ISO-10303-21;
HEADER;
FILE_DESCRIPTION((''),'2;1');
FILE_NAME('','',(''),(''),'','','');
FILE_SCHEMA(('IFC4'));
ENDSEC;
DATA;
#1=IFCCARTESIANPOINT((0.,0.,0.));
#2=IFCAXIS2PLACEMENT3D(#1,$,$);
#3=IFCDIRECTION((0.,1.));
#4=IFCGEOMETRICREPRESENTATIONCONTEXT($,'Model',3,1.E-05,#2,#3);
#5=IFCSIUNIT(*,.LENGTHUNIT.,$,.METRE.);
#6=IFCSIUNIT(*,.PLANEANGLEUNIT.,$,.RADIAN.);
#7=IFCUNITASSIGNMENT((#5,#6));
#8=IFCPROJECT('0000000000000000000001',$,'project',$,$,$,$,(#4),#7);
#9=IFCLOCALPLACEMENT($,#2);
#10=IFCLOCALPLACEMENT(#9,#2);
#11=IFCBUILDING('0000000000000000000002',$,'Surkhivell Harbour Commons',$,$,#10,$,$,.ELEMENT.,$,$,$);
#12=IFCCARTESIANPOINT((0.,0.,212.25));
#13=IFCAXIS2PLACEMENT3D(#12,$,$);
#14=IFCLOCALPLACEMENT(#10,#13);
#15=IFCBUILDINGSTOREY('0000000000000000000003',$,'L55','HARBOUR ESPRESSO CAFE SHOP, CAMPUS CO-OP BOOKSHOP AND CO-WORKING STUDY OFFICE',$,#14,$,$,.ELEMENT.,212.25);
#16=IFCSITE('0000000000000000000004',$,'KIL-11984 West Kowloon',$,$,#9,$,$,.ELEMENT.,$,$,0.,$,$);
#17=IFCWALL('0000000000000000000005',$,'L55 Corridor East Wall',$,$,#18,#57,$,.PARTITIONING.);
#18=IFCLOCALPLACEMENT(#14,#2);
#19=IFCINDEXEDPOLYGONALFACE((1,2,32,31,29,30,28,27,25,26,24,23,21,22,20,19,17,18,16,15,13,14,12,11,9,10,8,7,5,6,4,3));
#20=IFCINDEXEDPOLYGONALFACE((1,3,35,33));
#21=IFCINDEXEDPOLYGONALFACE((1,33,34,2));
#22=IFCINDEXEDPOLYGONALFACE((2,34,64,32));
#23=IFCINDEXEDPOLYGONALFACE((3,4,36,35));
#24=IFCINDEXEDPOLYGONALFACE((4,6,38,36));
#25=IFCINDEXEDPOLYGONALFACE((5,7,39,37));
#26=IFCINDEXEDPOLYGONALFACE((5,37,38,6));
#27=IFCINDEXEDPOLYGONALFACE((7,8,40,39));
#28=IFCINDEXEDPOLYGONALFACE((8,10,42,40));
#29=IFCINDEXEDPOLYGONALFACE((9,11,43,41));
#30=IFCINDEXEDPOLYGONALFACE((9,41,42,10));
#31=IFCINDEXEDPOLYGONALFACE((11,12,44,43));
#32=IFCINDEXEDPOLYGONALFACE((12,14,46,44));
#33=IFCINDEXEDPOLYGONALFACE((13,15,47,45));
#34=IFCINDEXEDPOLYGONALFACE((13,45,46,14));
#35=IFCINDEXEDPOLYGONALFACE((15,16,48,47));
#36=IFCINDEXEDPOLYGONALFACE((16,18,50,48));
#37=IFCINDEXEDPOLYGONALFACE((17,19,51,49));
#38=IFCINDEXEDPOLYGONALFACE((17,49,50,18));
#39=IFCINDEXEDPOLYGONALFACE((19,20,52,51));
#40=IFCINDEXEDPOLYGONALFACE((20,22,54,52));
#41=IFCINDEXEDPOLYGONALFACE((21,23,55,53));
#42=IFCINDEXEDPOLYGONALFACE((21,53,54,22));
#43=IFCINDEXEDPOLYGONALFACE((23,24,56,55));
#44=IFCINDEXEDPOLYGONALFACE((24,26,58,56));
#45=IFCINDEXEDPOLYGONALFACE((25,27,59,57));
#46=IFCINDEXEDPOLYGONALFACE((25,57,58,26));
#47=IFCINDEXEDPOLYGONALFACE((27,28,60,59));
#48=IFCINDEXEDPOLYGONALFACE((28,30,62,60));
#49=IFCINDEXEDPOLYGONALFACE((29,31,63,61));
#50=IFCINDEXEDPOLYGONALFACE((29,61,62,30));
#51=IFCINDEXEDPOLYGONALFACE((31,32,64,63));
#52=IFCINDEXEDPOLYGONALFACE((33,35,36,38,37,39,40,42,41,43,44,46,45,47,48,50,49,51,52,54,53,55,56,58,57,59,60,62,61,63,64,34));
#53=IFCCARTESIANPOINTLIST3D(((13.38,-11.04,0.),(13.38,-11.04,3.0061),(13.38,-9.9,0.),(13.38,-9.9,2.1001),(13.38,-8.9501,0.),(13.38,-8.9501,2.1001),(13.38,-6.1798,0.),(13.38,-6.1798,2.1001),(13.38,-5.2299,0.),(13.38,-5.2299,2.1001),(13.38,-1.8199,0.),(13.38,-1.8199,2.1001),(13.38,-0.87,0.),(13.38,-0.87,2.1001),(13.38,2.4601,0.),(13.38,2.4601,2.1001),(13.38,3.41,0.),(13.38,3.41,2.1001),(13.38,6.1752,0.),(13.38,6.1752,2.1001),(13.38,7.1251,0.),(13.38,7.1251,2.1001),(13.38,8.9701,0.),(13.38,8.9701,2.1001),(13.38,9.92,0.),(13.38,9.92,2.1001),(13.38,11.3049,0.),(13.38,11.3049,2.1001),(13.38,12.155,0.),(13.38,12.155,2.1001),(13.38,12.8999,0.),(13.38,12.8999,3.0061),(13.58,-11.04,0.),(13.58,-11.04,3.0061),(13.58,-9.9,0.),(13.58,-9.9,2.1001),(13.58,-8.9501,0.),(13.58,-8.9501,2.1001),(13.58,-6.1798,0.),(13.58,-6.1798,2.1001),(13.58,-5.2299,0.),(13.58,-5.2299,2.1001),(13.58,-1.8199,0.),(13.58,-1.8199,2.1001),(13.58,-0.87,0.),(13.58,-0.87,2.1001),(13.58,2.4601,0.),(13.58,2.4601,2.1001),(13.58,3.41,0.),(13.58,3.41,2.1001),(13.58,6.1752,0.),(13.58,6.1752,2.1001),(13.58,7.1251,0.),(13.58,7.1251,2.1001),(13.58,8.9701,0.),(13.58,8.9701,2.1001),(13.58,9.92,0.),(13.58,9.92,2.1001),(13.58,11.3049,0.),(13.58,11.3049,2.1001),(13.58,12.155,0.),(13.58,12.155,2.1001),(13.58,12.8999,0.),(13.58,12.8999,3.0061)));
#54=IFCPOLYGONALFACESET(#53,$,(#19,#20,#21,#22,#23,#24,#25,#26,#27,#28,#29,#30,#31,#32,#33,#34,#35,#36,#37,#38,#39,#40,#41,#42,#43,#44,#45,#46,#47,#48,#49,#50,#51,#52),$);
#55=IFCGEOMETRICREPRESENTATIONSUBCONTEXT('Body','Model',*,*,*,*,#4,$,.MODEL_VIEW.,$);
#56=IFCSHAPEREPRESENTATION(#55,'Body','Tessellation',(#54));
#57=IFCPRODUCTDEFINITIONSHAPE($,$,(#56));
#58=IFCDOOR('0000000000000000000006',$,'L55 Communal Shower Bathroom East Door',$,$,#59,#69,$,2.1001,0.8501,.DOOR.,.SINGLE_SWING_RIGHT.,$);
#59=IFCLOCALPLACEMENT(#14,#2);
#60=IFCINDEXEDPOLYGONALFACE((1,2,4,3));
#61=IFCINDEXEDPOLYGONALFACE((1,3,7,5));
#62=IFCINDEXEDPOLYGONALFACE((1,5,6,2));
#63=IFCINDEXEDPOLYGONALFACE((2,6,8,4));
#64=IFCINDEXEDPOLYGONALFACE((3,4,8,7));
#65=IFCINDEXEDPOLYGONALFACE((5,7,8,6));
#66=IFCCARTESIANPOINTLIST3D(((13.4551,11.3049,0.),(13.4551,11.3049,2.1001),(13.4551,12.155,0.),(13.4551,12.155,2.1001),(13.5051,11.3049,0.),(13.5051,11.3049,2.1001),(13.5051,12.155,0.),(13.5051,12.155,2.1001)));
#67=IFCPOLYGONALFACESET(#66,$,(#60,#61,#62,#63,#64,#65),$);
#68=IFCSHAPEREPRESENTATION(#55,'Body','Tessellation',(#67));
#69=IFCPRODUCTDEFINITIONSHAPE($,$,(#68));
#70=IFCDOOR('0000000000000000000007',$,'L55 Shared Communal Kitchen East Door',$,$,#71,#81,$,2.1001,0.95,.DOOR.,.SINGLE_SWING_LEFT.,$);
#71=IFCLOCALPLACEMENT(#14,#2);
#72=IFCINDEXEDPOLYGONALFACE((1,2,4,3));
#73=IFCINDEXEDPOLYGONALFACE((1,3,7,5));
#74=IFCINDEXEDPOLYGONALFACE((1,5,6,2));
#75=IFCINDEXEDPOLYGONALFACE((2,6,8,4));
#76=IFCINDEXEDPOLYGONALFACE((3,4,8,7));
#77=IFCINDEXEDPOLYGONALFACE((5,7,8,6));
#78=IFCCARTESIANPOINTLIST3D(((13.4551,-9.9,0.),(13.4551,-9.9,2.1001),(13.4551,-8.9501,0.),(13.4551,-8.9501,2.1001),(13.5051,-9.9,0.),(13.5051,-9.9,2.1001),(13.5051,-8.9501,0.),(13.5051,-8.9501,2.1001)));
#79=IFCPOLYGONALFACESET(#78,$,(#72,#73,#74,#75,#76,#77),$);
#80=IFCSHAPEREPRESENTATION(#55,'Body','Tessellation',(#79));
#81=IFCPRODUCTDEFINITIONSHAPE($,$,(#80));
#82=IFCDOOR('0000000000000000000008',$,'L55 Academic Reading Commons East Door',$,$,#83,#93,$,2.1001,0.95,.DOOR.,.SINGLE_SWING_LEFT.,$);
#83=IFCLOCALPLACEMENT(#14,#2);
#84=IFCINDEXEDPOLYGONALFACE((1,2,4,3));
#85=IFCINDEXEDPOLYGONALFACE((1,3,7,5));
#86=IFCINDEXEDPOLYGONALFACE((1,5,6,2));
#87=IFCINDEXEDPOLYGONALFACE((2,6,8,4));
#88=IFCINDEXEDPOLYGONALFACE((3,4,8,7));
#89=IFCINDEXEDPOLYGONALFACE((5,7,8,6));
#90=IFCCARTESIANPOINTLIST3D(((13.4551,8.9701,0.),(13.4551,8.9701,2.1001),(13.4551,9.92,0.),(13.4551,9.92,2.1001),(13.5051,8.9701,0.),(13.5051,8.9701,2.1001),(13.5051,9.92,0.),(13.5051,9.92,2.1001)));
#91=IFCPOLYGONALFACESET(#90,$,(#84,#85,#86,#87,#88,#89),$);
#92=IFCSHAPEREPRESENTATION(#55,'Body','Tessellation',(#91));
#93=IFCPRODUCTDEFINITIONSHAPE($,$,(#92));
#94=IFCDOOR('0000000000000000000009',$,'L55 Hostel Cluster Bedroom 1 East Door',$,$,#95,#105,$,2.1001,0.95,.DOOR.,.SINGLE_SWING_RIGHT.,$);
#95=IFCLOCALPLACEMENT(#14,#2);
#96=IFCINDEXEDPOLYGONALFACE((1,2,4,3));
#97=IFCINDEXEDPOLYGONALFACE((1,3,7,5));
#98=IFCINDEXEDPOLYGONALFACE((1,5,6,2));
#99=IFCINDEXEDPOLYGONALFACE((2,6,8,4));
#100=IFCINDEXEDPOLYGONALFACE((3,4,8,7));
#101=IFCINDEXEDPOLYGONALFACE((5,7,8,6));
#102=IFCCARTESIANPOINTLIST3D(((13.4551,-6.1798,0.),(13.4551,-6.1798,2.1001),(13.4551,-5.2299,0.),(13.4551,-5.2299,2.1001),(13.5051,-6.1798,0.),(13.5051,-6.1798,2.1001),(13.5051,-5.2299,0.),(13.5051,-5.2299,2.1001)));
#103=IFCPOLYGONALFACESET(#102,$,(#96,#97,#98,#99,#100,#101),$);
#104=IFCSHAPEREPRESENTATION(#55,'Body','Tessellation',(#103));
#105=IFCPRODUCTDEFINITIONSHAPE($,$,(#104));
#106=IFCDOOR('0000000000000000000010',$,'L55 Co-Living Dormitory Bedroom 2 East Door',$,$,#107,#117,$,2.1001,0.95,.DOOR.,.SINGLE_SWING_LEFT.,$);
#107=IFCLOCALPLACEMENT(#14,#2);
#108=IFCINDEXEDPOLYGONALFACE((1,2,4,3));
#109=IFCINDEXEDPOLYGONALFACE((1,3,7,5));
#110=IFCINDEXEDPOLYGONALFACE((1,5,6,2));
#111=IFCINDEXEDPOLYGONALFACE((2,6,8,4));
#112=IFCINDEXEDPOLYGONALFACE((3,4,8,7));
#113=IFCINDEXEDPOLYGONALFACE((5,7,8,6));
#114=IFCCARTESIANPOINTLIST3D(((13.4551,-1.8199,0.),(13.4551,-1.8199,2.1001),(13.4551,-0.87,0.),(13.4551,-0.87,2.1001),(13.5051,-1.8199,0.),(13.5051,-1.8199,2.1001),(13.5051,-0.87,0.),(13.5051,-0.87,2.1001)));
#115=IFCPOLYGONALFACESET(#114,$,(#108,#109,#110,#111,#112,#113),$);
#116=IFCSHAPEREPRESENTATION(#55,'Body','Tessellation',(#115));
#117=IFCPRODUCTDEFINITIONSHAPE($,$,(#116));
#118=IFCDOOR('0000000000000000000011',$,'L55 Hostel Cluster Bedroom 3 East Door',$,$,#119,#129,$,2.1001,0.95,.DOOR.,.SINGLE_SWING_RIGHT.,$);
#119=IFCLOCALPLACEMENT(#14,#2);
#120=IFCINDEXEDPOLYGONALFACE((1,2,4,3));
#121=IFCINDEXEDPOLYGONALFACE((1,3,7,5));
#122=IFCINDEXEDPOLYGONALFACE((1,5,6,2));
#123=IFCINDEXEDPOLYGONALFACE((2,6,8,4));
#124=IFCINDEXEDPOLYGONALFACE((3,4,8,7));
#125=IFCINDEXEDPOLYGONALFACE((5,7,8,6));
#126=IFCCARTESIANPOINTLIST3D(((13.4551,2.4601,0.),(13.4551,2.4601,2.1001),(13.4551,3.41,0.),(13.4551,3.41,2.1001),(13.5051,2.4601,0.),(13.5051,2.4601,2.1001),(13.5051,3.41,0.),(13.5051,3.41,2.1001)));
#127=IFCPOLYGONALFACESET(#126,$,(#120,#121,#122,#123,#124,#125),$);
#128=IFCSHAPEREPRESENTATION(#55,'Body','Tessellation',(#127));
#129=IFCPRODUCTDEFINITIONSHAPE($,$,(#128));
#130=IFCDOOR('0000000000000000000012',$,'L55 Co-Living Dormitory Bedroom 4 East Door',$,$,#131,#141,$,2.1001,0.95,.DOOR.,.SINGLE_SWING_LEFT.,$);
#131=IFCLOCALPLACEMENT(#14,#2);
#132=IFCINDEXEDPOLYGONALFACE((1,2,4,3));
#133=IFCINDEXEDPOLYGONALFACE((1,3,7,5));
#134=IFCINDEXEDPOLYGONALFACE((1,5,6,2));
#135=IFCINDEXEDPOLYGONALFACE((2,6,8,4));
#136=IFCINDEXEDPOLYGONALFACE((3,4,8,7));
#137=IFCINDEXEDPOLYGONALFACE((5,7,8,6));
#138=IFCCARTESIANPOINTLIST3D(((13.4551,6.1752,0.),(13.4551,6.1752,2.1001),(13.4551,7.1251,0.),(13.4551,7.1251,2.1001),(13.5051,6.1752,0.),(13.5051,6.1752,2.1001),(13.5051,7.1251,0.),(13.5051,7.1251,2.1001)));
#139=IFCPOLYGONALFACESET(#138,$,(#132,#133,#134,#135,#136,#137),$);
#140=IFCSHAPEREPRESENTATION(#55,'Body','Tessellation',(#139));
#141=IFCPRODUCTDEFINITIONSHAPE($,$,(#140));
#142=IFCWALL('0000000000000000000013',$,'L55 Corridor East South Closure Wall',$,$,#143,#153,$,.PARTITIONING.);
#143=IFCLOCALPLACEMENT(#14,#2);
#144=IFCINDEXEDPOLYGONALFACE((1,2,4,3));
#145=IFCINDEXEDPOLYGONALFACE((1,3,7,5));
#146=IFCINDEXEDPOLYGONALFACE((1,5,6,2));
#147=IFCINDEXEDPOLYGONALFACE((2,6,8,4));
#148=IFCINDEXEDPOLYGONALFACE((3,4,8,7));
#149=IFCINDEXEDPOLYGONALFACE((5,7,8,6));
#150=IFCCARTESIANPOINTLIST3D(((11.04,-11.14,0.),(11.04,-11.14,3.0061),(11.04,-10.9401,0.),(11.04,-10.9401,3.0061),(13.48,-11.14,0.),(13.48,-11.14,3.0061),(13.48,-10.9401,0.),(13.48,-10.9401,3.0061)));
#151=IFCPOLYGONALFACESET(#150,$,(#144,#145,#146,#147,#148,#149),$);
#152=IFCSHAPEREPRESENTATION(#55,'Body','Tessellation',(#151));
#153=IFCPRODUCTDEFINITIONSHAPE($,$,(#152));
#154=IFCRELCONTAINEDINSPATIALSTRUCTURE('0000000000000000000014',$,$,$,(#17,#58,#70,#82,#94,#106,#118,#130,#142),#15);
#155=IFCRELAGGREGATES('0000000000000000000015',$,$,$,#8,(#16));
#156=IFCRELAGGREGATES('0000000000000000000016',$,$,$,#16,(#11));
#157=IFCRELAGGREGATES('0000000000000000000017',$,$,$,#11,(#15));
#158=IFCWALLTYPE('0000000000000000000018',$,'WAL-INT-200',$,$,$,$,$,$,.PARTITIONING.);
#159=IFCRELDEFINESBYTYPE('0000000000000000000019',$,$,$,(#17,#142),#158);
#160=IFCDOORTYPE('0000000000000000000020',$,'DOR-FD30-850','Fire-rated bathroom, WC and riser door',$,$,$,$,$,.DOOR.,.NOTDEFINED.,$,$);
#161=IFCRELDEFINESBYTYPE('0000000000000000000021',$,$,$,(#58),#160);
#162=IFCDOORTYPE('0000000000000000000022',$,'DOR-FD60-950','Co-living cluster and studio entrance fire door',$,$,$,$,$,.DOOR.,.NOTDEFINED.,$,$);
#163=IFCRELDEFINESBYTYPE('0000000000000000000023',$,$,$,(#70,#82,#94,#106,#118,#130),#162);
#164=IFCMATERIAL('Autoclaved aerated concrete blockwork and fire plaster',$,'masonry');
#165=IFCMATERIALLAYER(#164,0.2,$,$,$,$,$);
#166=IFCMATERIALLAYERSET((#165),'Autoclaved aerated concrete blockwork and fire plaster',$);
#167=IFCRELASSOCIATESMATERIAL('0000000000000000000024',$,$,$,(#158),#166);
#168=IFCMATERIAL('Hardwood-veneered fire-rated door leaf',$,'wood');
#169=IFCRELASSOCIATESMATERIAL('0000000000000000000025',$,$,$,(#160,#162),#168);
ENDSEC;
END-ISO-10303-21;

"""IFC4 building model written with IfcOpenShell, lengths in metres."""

from ifc_helpers import new_model, si_unit, direction, frame, frame_2d, origin, place, context, subcontext, project, spatial, rectangle, extrude, material, layer, layer_set, type_object, element, fill, save


model = new_model("IFC4")

# Units and contexts
model_context = context("Model", 3, precision=1e-05, world=origin(), true_north=direction((0.0, 1.0)))
body_context = subcontext(model_context, "Body", "Model", "MODEL_VIEW")
ifc_project = project(units=[si_unit("LENGTHUNIT", "METRE"), si_unit("PLANEANGLEUNIT", "RADIAN")], contexts=[model_context])

# Site, building, storey
site_placement = place(None, origin())
site = spatial("IfcSite", under=ifc_project, at=site_placement, Name="KIL-11984 West Kowloon", CompositionType="ELEMENT", RefElevation=0.0)
building_placement = place(site_placement, origin())
building = spatial("IfcBuilding", under=site, at=building_placement, Name="Surkhivell Harbour Commons", CompositionType="ELEMENT")
storey_placement = place(building_placement, frame((0.0, 0.0, 212.25)))
storey = spatial("IfcBuildingStorey", under=building, at=storey_placement, Name="L55", Description="HARBOUR ESPRESSO CAFE SHOP, CAMPUS CO-OP BOOKSHOP AND CO-WORKING STUDY OFFICE", CompositionType="ELEMENT", Elevation=212.25)

# Wall, openings, doors
ifc_material_1 = material(Name="Autoclaved aerated concrete blockwork and fire plaster", Category="masonry")
ifc_layer_1 = layer(ifc_material_1, 0.2)
ifc_layer_set_1 = layer_set([ifc_layer_1], Name="Autoclaved aerated concrete blockwork and fire plaster")
wall_type_1 = type_object("IfcWallType", Name="WAL-INT-200", PredefinedType="PARTITIONING", material=ifc_layer_set_1)
wall_1_placement = place(storey_placement, frame((13.48, -11.04, 0.0), z_axis=(0.0, 0.0, 1.0), x_axis=(0.0, 1.0, 0.0)))
wall_1 = element("IfcWall", 1, at=wall_1_placement, inside=storey, type_object=wall_type_1, Name="L55 Corridor East Wall", PredefinedType="PARTITIONING", context=body_context, shape_type="SweptSolid", body=[
    extrude(rectangle(XDim=23.9399, YDim=0.2, at=frame_2d((11.97, 0.0))), origin(), (0.0, 0.0, 1.0), 3.0061),
])
opening_1_placement = place(wall_1_placement, frame((1.1399, 0.0, 0.0)))
opening_1 = element("IfcOpeningElement", 2, at=opening_1_placement, cuts=wall_1, PredefinedType="OPENING", context=body_context, shape_type="SweptSolid", body=[
    extrude(rectangle(XDim=0.95, YDim=2.1001, at=frame_2d((0.4751, 1.05))), frame((0.0, 0.1099, 0.0), z_axis=(0.0, -1.0, 0.0), x_axis=(1.0, 0.0, 0.0)), (0.0, 0.0, 1.0), 0.22),
])
opening_2_placement = place(wall_1_placement, frame((22.345, 0.0, 0.0)))
opening_2 = element("IfcOpeningElement", 3, at=opening_2_placement, cuts=wall_1, PredefinedType="OPENING", context=body_context, shape_type="SweptSolid", body=[
    extrude(rectangle(XDim=0.8501, YDim=2.1001, at=frame_2d((0.425, 1.05))), frame((0.0, 0.1099, 0.0), z_axis=(0.0, -1.0, 0.0), x_axis=(1.0, 0.0, 0.0)), (0.0, 0.0, 1.0), 0.22),
])
opening_3_placement = place(wall_1_placement, frame((20.01, 0.0, 0.0)))
opening_3 = element("IfcOpeningElement", 4, at=opening_3_placement, cuts=wall_1, PredefinedType="OPENING", context=body_context, shape_type="SweptSolid", body=[
    extrude(rectangle(XDim=0.95, YDim=2.1001, at=frame_2d((0.4751, 1.05))), frame((0.0, 0.1099, 0.0), z_axis=(0.0, -1.0, 0.0), x_axis=(1.0, 0.0, 0.0)), (0.0, 0.0, 1.0), 0.22),
])
opening_4_placement = place(wall_1_placement, frame((4.8601, 0.0, 0.0)))
opening_4 = element("IfcOpeningElement", 5, at=opening_4_placement, cuts=wall_1, PredefinedType="OPENING", context=body_context, shape_type="SweptSolid", body=[
    extrude(rectangle(XDim=0.95, YDim=2.1001, at=frame_2d((0.4751, 1.05))), frame((0.0, 0.1099, 0.0), z_axis=(0.0, -1.0, 0.0), x_axis=(1.0, 0.0, 0.0)), (0.0, 0.0, 1.0), 0.22),
])
opening_5_placement = place(wall_1_placement, frame((9.22, 0.0, 0.0)))
opening_5 = element("IfcOpeningElement", 6, at=opening_5_placement, cuts=wall_1, PredefinedType="OPENING", context=body_context, shape_type="SweptSolid", body=[
    extrude(rectangle(XDim=0.95, YDim=2.1001, at=frame_2d((0.4751, 1.05))), frame((0.0, 0.1099, 0.0), z_axis=(0.0, -1.0, 0.0), x_axis=(1.0, 0.0, 0.0)), (0.0, 0.0, 1.0), 0.22),
])
opening_6_placement = place(wall_1_placement, frame((13.5, 0.0, 0.0)))
opening_6 = element("IfcOpeningElement", 7, at=opening_6_placement, cuts=wall_1, PredefinedType="OPENING", context=body_context, shape_type="SweptSolid", body=[
    extrude(rectangle(XDim=0.95, YDim=2.1001, at=frame_2d((0.4751, 1.05))), frame((0.0, 0.1099, 0.0), z_axis=(0.0, -1.0, 0.0), x_axis=(1.0, 0.0, 0.0)), (0.0, 0.0, 1.0), 0.22),
])
opening_7_placement = place(wall_1_placement, frame((17.2151, 0.0, 0.0)))
opening_7 = element("IfcOpeningElement", 8, at=opening_7_placement, cuts=wall_1, PredefinedType="OPENING", context=body_context, shape_type="SweptSolid", body=[
    extrude(rectangle(XDim=0.95, YDim=2.1001, at=frame_2d((0.4751, 1.05))), frame((0.0, 0.1099, 0.0), z_axis=(0.0, -1.0, 0.0), x_axis=(1.0, 0.0, 0.0)), (0.0, 0.0, 1.0), 0.22),
])
ifc_material_2 = material(Name="Hardwood-veneered fire-rated door leaf", Category="wood")
door_type_1 = type_object("IfcDoorType", Name="DOR-FD30-850", Description="Fire-rated bathroom, WC and riser door", OperationType="NOTDEFINED", PredefinedType="DOOR", material=ifc_material_2)
door_1_placement = place(opening_2_placement, origin())
door_1 = element("IfcDoor", 9, at=door_1_placement, inside=storey, type_object=door_type_1, Name="L55 Communal Shower Bathroom East Door", OperationType="SINGLE_SWING_RIGHT", OverallHeight=2.1001, OverallWidth=0.8501, PredefinedType="DOOR", context=body_context, shape_type="SweptSolid", body=[
    extrude(rectangle(XDim=0.8501, YDim=2.1001, at=frame_2d((0.425, 1.05))), frame((0.0, 0.0249, 0.0), z_axis=(0.0, -1.0, 0.0), x_axis=(1.0, 0.0, 0.0)), (0.0, 0.0, 1.0), 0.05),
])
fill(opening_2, door_1)
door_type_2 = type_object("IfcDoorType", Name="DOR-FD60-950", Description="Co-living cluster and studio entrance fire door", OperationType="NOTDEFINED", PredefinedType="DOOR", material=ifc_material_2)
door_2_placement = place(opening_1_placement, origin())
door_2 = element("IfcDoor", 10, at=door_2_placement, inside=storey, type_object=door_type_2, Name="L55 Shared Communal Kitchen East Door", OperationType="SINGLE_SWING_LEFT", OverallHeight=2.1001, OverallWidth=0.95, PredefinedType="DOOR", context=body_context, shape_type="SweptSolid", body=[
    extrude(rectangle(XDim=0.95, YDim=2.1001, at=frame_2d((0.4751, 1.05))), frame((0.0, 0.0249, 0.0), z_axis=(0.0, -1.0, 0.0), x_axis=(1.0, 0.0, 0.0)), (0.0, 0.0, 1.0), 0.05),
])
fill(opening_1, door_2)
door_3_placement = place(opening_3_placement, origin())
door_3 = element("IfcDoor", 11, at=door_3_placement, inside=storey, type_object=door_type_2, Name="L55 Academic Reading Commons East Door", OperationType="SINGLE_SWING_LEFT", OverallHeight=2.1001, OverallWidth=0.95, PredefinedType="DOOR", context=body_context, shape_type="SweptSolid", body=[
    extrude(rectangle(XDim=0.95, YDim=2.1001, at=frame_2d((0.4751, 1.05))), frame((0.0, 0.0249, 0.0), z_axis=(0.0, -1.0, 0.0), x_axis=(1.0, 0.0, 0.0)), (0.0, 0.0, 1.0), 0.05),
])
fill(opening_3, door_3)
door_4_placement = place(opening_4_placement, origin())
door_4 = element("IfcDoor", 12, at=door_4_placement, inside=storey, type_object=door_type_2, Name="L55 Hostel Cluster Bedroom 1 East Door", OperationType="SINGLE_SWING_RIGHT", OverallHeight=2.1001, OverallWidth=0.95, PredefinedType="DOOR", context=body_context, shape_type="SweptSolid", body=[
    extrude(rectangle(XDim=0.95, YDim=2.1001, at=frame_2d((0.4751, 1.05))), frame((0.0, 0.0249, 0.0), z_axis=(0.0, -1.0, 0.0), x_axis=(1.0, 0.0, 0.0)), (0.0, 0.0, 1.0), 0.05),
])
fill(opening_4, door_4)
door_5_placement = place(opening_5_placement, origin())
door_5 = element("IfcDoor", 13, at=door_5_placement, inside=storey, type_object=door_type_2, Name="L55 Co-Living Dormitory Bedroom 2 East Door", OperationType="SINGLE_SWING_LEFT", OverallHeight=2.1001, OverallWidth=0.95, PredefinedType="DOOR", context=body_context, shape_type="SweptSolid", body=[
    extrude(rectangle(XDim=0.95, YDim=2.1001, at=frame_2d((0.4751, 1.05))), frame((0.0, 0.0249, 0.0), z_axis=(0.0, -1.0, 0.0), x_axis=(1.0, 0.0, 0.0)), (0.0, 0.0, 1.0), 0.05),
])
fill(opening_5, door_5)
door_6_placement = place(opening_6_placement, origin())
door_6 = element("IfcDoor", 14, at=door_6_placement, inside=storey, type_object=door_type_2, Name="L55 Hostel Cluster Bedroom 3 East Door", OperationType="SINGLE_SWING_RIGHT", OverallHeight=2.1001, OverallWidth=0.95, PredefinedType="DOOR", context=body_context, shape_type="SweptSolid", body=[
    extrude(rectangle(XDim=0.95, YDim=2.1001, at=frame_2d((0.4751, 1.05))), frame((0.0, 0.0249, 0.0), z_axis=(0.0, -1.0, 0.0), x_axis=(1.0, 0.0, 0.0)), (0.0, 0.0, 1.0), 0.05),
])
fill(opening_6, door_6)
door_7_placement = place(opening_7_placement, origin())
door_7 = element("IfcDoor", 15, at=door_7_placement, inside=storey, type_object=door_type_2, Name="L55 Co-Living Dormitory Bedroom 4 East Door", OperationType="SINGLE_SWING_LEFT", OverallHeight=2.1001, OverallWidth=0.95, PredefinedType="DOOR", context=body_context, shape_type="SweptSolid", body=[
    extrude(rectangle(XDim=0.95, YDim=2.1001, at=frame_2d((0.4751, 1.05))), frame((0.0, 0.0249, 0.0), z_axis=(0.0, -1.0, 0.0), x_axis=(1.0, 0.0, 0.0)), (0.0, 0.0, 1.0), 0.05),
])
fill(opening_7, door_7)

# Wall
wall_2_placement = place(storey_placement, frame((11.04, -11.04, 0.0), z_axis=(0.0, 0.0, 1.0), x_axis=(1.0, 0.0, 0.0)))
element("IfcWall", 16, at=wall_2_placement, inside=storey, type_object=wall_type_1, Name="L55 Corridor East South Closure Wall", PredefinedType="PARTITIONING", context=body_context, shape_type="SweptSolid", body=[
    extrude(rectangle(XDim=2.4399, YDim=0.2, at=frame_2d((1.22, 0.0))), origin(), (0.0, 0.0, 1.0), 3.0061),
])

save(model, "model.ifc")
